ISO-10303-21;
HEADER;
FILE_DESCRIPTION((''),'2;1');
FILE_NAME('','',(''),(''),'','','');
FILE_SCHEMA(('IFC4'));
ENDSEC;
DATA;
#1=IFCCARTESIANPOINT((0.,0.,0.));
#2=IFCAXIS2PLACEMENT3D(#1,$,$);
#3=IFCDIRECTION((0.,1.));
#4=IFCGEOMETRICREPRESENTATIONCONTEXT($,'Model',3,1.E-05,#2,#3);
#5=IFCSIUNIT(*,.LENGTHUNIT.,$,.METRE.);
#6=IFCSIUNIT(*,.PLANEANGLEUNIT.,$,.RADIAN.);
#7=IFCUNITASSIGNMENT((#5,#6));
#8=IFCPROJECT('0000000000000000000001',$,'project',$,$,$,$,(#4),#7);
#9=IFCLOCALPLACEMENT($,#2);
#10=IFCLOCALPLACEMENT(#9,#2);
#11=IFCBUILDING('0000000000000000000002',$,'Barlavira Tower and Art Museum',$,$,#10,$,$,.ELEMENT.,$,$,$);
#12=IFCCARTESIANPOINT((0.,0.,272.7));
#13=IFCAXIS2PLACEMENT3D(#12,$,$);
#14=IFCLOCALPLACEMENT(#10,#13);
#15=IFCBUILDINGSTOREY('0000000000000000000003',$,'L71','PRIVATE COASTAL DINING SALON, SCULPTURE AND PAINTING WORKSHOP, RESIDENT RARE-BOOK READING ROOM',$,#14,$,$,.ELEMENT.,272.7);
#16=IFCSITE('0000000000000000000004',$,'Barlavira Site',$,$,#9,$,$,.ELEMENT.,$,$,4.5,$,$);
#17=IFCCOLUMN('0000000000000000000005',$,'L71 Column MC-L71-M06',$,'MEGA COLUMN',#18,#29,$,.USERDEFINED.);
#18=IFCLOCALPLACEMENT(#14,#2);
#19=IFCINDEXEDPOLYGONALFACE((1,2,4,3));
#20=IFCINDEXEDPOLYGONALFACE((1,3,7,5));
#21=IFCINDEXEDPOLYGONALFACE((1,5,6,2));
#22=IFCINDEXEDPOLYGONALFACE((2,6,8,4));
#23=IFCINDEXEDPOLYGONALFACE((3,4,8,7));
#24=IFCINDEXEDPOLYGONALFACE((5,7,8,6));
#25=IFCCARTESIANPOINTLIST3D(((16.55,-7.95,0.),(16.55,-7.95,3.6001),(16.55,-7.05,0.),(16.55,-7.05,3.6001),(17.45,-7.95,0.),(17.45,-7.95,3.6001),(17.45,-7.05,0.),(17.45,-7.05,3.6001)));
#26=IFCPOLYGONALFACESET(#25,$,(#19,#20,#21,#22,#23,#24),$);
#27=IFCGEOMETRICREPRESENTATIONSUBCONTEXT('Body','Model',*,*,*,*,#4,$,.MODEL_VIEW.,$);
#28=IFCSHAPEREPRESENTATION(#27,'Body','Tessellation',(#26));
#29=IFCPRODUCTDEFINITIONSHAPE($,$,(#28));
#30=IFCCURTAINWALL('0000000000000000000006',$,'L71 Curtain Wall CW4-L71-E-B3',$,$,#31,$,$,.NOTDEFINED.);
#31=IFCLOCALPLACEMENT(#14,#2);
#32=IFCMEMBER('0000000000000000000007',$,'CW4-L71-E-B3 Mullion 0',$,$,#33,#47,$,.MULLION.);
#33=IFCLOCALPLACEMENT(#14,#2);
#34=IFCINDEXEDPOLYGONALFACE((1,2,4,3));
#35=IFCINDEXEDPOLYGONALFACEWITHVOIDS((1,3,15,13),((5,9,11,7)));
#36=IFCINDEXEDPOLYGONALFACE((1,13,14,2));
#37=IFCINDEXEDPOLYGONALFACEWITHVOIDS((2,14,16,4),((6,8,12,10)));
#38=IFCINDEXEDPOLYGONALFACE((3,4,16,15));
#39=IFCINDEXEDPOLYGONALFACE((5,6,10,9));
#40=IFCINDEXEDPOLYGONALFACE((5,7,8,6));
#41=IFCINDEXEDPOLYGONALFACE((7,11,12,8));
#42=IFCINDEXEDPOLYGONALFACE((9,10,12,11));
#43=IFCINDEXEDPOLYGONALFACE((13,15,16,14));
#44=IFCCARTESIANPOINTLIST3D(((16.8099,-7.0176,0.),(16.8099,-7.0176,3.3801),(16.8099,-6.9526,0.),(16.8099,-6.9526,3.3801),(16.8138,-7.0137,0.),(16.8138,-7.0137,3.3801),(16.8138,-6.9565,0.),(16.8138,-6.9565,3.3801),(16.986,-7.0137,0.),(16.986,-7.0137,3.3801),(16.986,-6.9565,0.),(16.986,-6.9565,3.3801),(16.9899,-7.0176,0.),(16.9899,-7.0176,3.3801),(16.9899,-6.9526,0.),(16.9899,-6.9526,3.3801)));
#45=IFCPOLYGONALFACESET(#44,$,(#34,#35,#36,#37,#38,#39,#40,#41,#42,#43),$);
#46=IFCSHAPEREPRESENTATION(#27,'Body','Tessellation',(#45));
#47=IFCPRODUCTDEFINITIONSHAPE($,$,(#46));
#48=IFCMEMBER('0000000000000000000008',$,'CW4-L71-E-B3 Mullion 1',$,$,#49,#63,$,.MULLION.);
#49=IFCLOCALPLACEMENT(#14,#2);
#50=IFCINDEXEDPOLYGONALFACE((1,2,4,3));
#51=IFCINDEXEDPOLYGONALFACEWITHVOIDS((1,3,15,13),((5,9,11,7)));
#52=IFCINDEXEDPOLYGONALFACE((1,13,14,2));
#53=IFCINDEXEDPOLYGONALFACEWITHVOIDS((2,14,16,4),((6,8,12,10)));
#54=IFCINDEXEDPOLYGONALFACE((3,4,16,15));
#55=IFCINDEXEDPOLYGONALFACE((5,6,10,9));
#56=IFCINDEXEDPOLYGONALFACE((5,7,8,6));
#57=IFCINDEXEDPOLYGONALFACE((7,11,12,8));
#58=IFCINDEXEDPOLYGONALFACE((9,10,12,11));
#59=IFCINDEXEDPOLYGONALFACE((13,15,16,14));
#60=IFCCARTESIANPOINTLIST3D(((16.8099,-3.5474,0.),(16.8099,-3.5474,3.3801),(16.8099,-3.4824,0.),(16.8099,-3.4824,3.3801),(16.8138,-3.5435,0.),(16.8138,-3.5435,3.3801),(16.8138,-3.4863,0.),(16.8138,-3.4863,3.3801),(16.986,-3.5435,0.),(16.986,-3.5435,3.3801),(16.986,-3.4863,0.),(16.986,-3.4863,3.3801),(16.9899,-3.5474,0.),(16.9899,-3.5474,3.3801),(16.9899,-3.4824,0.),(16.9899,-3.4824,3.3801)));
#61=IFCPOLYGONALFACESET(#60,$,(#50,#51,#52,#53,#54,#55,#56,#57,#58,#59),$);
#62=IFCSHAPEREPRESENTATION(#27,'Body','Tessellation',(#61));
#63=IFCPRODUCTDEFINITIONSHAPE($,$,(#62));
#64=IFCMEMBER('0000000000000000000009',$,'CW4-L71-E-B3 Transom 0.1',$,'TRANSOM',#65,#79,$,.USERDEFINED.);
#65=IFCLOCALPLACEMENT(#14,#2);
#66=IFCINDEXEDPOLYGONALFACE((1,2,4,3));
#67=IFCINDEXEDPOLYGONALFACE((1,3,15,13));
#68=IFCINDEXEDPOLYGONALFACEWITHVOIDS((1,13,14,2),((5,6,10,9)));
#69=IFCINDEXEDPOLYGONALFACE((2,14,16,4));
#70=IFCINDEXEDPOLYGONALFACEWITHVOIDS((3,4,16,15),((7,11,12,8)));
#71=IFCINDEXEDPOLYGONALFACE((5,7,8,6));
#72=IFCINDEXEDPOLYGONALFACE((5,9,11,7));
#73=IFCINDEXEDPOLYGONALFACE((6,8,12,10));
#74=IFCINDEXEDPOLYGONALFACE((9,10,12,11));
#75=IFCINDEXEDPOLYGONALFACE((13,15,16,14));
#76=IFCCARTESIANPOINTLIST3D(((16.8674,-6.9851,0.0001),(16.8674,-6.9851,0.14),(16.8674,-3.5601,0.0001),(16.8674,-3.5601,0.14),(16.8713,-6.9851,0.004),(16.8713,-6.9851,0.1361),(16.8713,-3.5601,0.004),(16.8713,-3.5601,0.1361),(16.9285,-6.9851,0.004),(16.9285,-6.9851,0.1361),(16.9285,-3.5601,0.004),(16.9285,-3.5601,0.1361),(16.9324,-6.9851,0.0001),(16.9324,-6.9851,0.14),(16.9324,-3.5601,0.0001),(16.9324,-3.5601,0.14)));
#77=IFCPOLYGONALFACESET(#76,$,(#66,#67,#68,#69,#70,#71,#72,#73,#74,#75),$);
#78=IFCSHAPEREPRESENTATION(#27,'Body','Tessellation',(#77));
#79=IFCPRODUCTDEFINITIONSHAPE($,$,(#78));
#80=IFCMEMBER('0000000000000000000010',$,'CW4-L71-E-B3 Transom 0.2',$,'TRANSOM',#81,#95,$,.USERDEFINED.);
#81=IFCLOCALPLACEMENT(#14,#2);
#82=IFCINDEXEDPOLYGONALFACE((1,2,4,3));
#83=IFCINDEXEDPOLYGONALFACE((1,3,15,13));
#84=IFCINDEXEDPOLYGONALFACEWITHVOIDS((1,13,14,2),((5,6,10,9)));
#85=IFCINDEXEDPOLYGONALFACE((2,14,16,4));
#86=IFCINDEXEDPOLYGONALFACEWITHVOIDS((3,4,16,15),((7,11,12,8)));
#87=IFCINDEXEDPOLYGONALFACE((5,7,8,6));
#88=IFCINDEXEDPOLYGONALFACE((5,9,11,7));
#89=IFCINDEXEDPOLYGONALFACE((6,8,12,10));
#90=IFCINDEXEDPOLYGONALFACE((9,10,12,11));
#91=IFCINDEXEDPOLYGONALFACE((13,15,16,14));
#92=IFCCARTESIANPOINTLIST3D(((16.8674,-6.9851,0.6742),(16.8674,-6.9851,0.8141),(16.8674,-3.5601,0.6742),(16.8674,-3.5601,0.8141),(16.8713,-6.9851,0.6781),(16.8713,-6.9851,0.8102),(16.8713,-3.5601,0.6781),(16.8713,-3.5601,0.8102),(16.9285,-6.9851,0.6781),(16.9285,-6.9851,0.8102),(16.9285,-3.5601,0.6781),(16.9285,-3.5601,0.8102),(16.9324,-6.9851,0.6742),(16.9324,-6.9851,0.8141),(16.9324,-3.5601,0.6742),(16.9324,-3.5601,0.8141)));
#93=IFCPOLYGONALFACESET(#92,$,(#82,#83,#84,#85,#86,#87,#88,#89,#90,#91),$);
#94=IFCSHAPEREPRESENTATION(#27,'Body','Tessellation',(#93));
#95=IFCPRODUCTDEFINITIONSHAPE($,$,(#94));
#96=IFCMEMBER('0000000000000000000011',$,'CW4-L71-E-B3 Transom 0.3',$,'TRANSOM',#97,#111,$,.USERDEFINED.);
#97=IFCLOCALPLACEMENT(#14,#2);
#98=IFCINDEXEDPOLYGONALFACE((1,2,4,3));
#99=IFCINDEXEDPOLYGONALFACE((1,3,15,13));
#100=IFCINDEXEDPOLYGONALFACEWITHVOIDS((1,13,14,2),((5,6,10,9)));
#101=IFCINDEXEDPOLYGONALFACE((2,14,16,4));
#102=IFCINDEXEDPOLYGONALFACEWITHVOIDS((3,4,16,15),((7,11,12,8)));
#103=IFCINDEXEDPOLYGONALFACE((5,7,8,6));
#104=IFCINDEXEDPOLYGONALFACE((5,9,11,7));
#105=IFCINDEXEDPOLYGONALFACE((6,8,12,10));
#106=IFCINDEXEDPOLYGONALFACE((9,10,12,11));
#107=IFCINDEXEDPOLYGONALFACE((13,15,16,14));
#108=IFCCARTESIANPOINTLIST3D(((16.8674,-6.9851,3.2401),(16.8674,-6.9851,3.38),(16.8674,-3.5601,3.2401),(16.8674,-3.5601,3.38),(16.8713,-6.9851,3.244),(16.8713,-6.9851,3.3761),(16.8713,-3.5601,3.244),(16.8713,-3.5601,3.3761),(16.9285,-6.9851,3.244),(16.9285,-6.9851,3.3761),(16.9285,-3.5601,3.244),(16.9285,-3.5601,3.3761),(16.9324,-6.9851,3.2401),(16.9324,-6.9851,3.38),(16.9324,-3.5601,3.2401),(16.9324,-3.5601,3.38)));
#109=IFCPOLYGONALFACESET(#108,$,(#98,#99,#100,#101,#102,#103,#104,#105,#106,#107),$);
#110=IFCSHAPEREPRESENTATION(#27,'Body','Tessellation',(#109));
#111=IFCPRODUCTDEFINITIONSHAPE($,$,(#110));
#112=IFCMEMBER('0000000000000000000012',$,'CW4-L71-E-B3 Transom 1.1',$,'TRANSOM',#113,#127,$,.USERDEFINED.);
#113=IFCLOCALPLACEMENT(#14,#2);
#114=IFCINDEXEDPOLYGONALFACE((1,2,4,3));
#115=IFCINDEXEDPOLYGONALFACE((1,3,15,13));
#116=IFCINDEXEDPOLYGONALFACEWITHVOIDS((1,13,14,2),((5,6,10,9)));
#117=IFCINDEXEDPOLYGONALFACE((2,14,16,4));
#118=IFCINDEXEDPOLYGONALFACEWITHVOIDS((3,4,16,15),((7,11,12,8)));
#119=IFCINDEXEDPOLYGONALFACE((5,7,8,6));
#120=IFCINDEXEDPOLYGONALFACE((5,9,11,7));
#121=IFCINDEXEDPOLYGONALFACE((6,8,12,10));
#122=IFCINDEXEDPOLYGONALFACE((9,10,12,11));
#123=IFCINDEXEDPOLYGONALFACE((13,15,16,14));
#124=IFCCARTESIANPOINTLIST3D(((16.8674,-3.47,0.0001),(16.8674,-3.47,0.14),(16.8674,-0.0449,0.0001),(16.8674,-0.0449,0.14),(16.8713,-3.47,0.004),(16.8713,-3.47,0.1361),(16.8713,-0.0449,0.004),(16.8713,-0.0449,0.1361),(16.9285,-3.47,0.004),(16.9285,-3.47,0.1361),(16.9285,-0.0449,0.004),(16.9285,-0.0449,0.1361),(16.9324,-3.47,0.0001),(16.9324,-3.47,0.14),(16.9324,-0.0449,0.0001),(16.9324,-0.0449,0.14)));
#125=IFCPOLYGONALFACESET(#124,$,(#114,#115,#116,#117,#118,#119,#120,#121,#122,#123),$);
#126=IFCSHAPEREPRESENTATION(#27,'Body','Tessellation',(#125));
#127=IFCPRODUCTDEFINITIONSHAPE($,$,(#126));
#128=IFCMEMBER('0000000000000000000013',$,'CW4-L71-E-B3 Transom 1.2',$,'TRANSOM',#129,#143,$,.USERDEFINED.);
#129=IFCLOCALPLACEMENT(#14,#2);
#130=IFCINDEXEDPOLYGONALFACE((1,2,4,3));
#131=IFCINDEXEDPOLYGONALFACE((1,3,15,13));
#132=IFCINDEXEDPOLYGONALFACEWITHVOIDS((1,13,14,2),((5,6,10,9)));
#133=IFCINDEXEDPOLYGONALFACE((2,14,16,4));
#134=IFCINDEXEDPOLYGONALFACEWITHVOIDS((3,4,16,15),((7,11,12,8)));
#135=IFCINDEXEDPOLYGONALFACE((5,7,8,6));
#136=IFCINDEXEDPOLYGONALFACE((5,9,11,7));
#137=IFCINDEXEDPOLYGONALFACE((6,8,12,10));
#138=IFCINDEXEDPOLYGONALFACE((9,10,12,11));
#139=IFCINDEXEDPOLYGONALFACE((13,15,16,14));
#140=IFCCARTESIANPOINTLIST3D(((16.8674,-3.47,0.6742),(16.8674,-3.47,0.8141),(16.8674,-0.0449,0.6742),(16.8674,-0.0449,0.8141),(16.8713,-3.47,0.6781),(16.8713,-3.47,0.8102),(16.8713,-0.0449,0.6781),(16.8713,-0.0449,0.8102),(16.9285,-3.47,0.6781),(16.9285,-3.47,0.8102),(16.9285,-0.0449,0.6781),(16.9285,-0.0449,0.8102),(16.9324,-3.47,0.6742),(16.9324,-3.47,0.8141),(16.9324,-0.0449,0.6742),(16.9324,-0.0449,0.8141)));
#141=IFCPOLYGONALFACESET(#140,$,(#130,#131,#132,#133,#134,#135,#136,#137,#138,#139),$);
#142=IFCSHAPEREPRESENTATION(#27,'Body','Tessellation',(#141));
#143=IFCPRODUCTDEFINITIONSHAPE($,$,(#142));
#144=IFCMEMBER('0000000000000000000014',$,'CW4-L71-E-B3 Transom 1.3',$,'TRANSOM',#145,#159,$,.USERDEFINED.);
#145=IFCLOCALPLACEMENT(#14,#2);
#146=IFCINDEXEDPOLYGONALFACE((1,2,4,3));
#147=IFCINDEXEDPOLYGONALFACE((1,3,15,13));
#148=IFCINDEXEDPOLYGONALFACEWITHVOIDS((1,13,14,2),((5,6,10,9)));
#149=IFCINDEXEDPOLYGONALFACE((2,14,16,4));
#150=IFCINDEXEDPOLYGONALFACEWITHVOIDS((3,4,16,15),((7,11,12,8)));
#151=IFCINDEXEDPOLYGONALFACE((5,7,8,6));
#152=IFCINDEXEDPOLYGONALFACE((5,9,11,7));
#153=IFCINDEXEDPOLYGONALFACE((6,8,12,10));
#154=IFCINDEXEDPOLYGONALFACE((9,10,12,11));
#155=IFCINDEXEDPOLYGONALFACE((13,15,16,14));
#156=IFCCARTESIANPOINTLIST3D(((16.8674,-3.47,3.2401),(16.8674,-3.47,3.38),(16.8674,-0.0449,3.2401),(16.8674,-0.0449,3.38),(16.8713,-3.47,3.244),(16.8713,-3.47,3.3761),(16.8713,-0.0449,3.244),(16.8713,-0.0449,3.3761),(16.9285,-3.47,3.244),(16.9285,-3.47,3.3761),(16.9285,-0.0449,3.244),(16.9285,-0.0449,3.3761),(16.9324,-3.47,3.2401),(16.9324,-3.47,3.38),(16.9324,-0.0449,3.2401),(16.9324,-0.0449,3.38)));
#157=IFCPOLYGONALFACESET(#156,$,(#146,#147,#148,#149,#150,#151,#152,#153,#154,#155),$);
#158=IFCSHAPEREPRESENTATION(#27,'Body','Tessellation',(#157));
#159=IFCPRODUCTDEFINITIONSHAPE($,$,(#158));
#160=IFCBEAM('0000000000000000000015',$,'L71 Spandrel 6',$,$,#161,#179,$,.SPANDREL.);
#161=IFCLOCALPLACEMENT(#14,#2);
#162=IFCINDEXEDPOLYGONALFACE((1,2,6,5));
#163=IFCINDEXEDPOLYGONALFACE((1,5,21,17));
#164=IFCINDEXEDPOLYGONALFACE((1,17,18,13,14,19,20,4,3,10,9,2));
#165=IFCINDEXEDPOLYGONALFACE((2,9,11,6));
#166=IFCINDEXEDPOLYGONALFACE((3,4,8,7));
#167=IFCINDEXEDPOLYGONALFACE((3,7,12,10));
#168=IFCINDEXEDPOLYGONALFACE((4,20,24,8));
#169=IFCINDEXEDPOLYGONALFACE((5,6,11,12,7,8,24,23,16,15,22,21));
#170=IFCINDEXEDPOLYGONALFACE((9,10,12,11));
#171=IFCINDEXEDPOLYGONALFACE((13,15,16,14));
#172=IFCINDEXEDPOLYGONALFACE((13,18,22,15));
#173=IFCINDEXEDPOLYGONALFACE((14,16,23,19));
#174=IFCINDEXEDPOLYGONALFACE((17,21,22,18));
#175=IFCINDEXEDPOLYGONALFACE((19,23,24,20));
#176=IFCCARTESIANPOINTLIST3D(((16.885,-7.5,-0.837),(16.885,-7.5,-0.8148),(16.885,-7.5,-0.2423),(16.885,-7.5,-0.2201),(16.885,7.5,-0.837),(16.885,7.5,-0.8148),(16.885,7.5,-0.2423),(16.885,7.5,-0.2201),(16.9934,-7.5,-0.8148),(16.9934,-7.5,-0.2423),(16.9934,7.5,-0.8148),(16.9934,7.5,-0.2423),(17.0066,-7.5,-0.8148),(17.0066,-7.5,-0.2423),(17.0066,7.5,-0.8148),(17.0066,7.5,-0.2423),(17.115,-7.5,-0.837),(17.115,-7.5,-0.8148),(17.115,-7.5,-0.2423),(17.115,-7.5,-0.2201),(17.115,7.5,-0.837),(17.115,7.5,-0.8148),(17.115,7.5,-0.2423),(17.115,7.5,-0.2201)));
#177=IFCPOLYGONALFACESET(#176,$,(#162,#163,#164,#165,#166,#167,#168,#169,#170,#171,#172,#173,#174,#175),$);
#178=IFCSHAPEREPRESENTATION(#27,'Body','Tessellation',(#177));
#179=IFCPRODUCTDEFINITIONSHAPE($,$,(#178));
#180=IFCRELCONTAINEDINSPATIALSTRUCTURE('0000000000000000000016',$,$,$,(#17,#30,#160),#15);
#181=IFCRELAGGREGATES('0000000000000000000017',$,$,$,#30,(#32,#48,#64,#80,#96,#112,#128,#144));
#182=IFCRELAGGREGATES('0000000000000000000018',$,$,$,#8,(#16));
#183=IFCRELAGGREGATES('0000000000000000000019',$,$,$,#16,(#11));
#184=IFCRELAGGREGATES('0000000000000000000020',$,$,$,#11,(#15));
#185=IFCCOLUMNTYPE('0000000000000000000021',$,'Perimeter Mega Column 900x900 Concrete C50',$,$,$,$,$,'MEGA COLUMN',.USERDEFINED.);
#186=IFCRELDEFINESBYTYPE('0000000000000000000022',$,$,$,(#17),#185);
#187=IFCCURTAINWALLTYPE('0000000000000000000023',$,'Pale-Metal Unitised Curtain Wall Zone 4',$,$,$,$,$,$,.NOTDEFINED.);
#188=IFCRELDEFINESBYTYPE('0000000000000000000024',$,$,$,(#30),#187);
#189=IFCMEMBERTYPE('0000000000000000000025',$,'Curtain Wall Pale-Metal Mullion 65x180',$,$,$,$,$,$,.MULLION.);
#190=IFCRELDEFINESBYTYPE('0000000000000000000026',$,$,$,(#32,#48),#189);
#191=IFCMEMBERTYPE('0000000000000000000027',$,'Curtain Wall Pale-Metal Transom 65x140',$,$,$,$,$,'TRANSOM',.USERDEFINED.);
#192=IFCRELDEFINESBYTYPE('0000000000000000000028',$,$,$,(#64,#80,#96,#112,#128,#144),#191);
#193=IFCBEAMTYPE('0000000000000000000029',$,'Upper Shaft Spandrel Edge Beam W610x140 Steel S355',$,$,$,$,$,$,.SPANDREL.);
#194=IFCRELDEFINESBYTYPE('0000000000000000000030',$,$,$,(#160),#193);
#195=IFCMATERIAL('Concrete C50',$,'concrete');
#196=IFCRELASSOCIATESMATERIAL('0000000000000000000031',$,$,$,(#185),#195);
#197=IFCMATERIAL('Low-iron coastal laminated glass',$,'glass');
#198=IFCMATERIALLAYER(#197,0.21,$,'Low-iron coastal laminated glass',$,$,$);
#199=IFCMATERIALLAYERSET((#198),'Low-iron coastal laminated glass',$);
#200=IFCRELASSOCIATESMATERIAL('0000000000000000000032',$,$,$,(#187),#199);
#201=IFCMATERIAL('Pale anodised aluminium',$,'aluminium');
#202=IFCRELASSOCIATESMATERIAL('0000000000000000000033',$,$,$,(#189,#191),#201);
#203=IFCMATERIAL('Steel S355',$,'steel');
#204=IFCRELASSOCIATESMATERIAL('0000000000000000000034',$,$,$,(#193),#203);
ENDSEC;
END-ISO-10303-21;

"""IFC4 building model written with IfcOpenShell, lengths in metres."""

from ifc_helpers import new_model, si_unit, direction, frame, origin, origin_2d, place, context, subcontext, project, spatial, rectangle, hollow_rectangle, i_section, extrude, material, layer, layer_set, material_profile, profile_set, type_object, element, aggregate, save


model = new_model("IFC4")

# Units and contexts
model_context = context("Model", 3, precision=1e-05, world=origin(), true_north=direction((0.0, 1.0)))
body_context = subcontext(model_context, "Body", "Model", "MODEL_VIEW")
ifc_project = project(units=[si_unit("LENGTHUNIT", "METRE"), si_unit("PLANEANGLEUNIT", "RADIAN")], contexts=[model_context])

# Site, building, storey
site_placement = place(None, origin())
site = spatial("IfcSite", under=ifc_project, at=site_placement, Name="Barlavira Site", CompositionType="ELEMENT", RefElevation=4.5)
building_placement = place(site_placement, origin())
building = spatial("IfcBuilding", under=site, at=building_placement, Name="Barlavira Tower and Art Museum", CompositionType="ELEMENT")
storey_placement = place(building_placement, frame((0.0, 0.0, 272.7)))
storey = spatial("IfcBuildingStorey", under=building, at=storey_placement, Name="L71", Description="PRIVATE COASTAL DINING SALON, SCULPTURE AND PAINTING WORKSHOP, RESIDENT RARE-BOOK READING ROOM", CompositionType="ELEMENT", Elevation=272.7)

# Column
ifc_material_1 = material(Name="Concrete C50", Category="concrete")
ifc_material_profile_1 = material_profile(ifc_material_1, rectangle(XDim=0.8999, YDim=0.8999, at=origin_2d()), Name="RC-COL 900x900")
ifc_profile_set_1 = profile_set([ifc_material_profile_1], Name="Concrete C50")
column_type = type_object("IfcColumnType", Name="Perimeter Mega Column 900x900 Concrete C50", ElementType="MEGA COLUMN", PredefinedType="USERDEFINED", material=ifc_profile_set_1)
column_placement = place(storey_placement, frame((17.0, -7.5, 0.0), z_axis=(0.0, 0.0, 1.0), x_axis=(1.0, 0.0, 0.0)))
element("IfcColumn", 1, at=column_placement, inside=storey, type_object=column_type, Name="L71 Column MC-L71-M06", ObjectType="MEGA COLUMN", PredefinedType="USERDEFINED", context=body_context, shape_type="SweptSolid", body=[
    extrude(rectangle(XDim=0.8999, YDim=0.8999, at=origin_2d()), origin(), (0.0, 0.0, 1.0), 3.6001),
])

# Curtain wall, members
ifc_material_2 = material(Name="Low-iron coastal laminated glass", Category="glass")
ifc_layer_1 = layer(ifc_material_2, 0.21, Name="Low-iron coastal laminated glass")
ifc_layer_set_1 = layer_set([ifc_layer_1], Name="Low-iron coastal laminated glass")
curtain_wall_type = type_object("IfcCurtainWallType", Name="Pale-Metal Unitised Curtain Wall Zone 4", PredefinedType="NOTDEFINED", material=ifc_layer_set_1)
curtain_wall_placement = place(storey_placement, origin())
curtain_wall = element("IfcCurtainWall", 2, at=curtain_wall_placement, inside=storey, type_object=curtain_wall_type, Name="L71 Curtain Wall CW4-L71-E-B3", PredefinedType="NOTDEFINED")
ifc_material_3 = material(Name="Pale anodised aluminium", Category="aluminium")
ifc_material_profile_2 = material_profile(ifc_material_3, hollow_rectangle(XDim=0.0649, YDim=0.1799, WallThickness=0.0039, at=origin_2d()), Name="ALU-MULL 65x180x4")
ifc_profile_set_2 = profile_set([ifc_material_profile_2], Name="Pale anodised aluminium")
member_type_1 = type_object("IfcMemberType", Name="Curtain Wall Pale-Metal Mullion 65x180", PredefinedType="MULLION", material=ifc_profile_set_2)
member_1_placement = place(storey_placement, frame((16.8999, -6.9851, 0.0), z_axis=(0.0, 0.0, 1.0), x_axis=(0.0, 1.0, 0.0)))
member_1 = element("IfcMember", 3, at=member_1_placement, type_object=member_type_1, Name="CW4-L71-E-B3 Mullion 0", PredefinedType="MULLION", context=body_context, shape_type="SweptSolid", body=[
    extrude(hollow_rectangle(XDim=0.0649, YDim=0.1799, WallThickness=0.0039, at=origin_2d()), origin(), (0.0, 0.0, 1.0), 3.3801),
])
member_2_placement = place(storey_placement, frame((16.8999, -3.5149, 0.0), z_axis=(0.0, 0.0, 1.0), x_axis=(0.0, 1.0, 0.0)))
member_2 = element("IfcMember", 4, at=member_2_placement, type_object=member_type_1, Name="CW4-L71-E-B3 Mullion 1", PredefinedType="MULLION", context=body_context, shape_type="SweptSolid", body=[
    extrude(hollow_rectangle(XDim=0.0649, YDim=0.1799, WallThickness=0.0039, at=origin_2d()), origin(), (0.0, 0.0, 1.0), 3.3801),
])
ifc_material_profile_3 = material_profile(ifc_material_3, hollow_rectangle(XDim=0.0649, YDim=0.1399, WallThickness=0.0039, at=origin_2d()), Name="ALU-TRAN 65x140x4")
ifc_profile_set_3 = profile_set([ifc_material_profile_3], Name="Pale anodised aluminium")
member_type_2 = type_object("IfcMemberType", Name="Curtain Wall Pale-Metal Transom 65x140", ElementType="TRANSOM", PredefinedType="USERDEFINED", material=ifc_profile_set_3)
member_3_placement = place(storey_placement, frame((16.8999, -6.9851, 0.0701), z_axis=(0.0, 1.0, 0.0), x_axis=(-1.0, 0.0, 0.0)))
member_3 = element("IfcMember", 5, at=member_3_placement, type_object=member_type_2, Name="CW4-L71-E-B3 Transom 0.1", ObjectType="TRANSOM", PredefinedType="USERDEFINED", context=body_context, shape_type="SweptSolid", body=[
    extrude(hollow_rectangle(XDim=0.0649, YDim=0.1399, WallThickness=0.0039, at=origin_2d()), origin(), (0.0, 0.0, 1.0), 3.425),
])
member_4_placement = place(storey_placement, frame((16.8999, -6.9851, 0.7441), z_axis=(0.0, 1.0, 0.0), x_axis=(-1.0, 0.0, 0.0)))
member_4 = element("IfcMember", 6, at=member_4_placement, type_object=member_type_2, Name="CW4-L71-E-B3 Transom 0.2", ObjectType="TRANSOM", PredefinedType="USERDEFINED", context=body_context, shape_type="SweptSolid", body=[
    extrude(hollow_rectangle(XDim=0.0649, YDim=0.1399, WallThickness=0.0039, at=origin_2d()), origin(), (0.0, 0.0, 1.0), 3.425),
])
member_5_placement = place(storey_placement, frame((16.8999, -6.9851, 3.3101), z_axis=(0.0, 1.0, 0.0), x_axis=(-1.0, 0.0, 0.0)))
member_5 = element("IfcMember", 7, at=member_5_placement, type_object=member_type_2, Name="CW4-L71-E-B3 Transom 0.3", ObjectType="TRANSOM", PredefinedType="USERDEFINED", context=body_context, shape_type="SweptSolid", body=[
    extrude(hollow_rectangle(XDim=0.0649, YDim=0.1399, WallThickness=0.0039, at=origin_2d()), origin(), (0.0, 0.0, 1.0), 3.425),
])
member_6_placement = place(storey_placement, frame((16.8999, -3.47, 0.0701), z_axis=(0.0, 1.0, 0.0), x_axis=(-1.0, 0.0, 0.0)))
member_6 = element("IfcMember", 8, at=member_6_placement, type_object=member_type_2, Name="CW4-L71-E-B3 Transom 1.1", ObjectType="TRANSOM", PredefinedType="USERDEFINED", context=body_context, shape_type="SweptSolid", body=[
    extrude(hollow_rectangle(XDim=0.0649, YDim=0.1399, WallThickness=0.0039, at=origin_2d()), origin(), (0.0, 0.0, 1.0), 3.425),
])
member_7_placement = place(storey_placement, frame((16.8999, -3.47, 0.7441), z_axis=(0.0, 1.0, 0.0), x_axis=(-1.0, 0.0, 0.0)))
member_7 = element("IfcMember", 9, at=member_7_placement, type_object=member_type_2, Name="CW4-L71-E-B3 Transom 1.2", ObjectType="TRANSOM", PredefinedType="USERDEFINED", context=body_context, shape_type="SweptSolid", body=[
    extrude(hollow_rectangle(XDim=0.0649, YDim=0.1399, WallThickness=0.0039, at=origin_2d()), origin(), (0.0, 0.0, 1.0), 3.425),
])
member_8_placement = place(storey_placement, frame((16.8999, -3.47, 3.3101), z_axis=(0.0, 1.0, 0.0), x_axis=(-1.0, 0.0, 0.0)))
member_8 = element("IfcMember", 10, at=member_8_placement, type_object=member_type_2, Name="CW4-L71-E-B3 Transom 1.3", ObjectType="TRANSOM", PredefinedType="USERDEFINED", context=body_context, shape_type="SweptSolid", body=[
    extrude(hollow_rectangle(XDim=0.0649, YDim=0.1399, WallThickness=0.0039, at=origin_2d()), origin(), (0.0, 0.0, 1.0), 3.425),
])

# Beam
ifc_material_4 = material(Name="Steel S355", Category="steel")
ifc_material_profile_4 = material_profile(ifc_material_4, i_section(OverallWidth=0.23, OverallDepth=0.6169, WebThickness=0.0132, FlangeThickness=0.0222, at=origin_2d()), Name="W610x140.0")
ifc_profile_set_4 = profile_set([ifc_material_profile_4], Name="Steel S355")
beam_type_1 = type_object("IfcBeamType", Name="Upper Shaft Spandrel Edge Beam W610x140 Steel S355", PredefinedType="SPANDREL", material=ifc_profile_set_4)
beam_1_placement = place(storey_placement, frame((17.0, -7.5, -0.5286), z_axis=(0.0, 1.0, 0.0), x_axis=(-1.0, 0.0, 0.0)))
element("IfcBeam", 11, at=beam_1_placement, inside=storey, type_object=beam_type_1, Name="L71 Spandrel 6", PredefinedType="SPANDREL", context=body_context, shape_type="SweptSolid", body=[
    extrude(i_section(OverallWidth=0.23, OverallDepth=0.6169, WebThickness=0.0132, FlangeThickness=0.0222, at=origin_2d()), origin(), (0.0, 0.0, 1.0), 15.0),
])

aggregate(curtain_wall, [member_1, member_2, member_3, member_4, member_5, member_6, member_7, member_8])

save(model, "model.ifc")
